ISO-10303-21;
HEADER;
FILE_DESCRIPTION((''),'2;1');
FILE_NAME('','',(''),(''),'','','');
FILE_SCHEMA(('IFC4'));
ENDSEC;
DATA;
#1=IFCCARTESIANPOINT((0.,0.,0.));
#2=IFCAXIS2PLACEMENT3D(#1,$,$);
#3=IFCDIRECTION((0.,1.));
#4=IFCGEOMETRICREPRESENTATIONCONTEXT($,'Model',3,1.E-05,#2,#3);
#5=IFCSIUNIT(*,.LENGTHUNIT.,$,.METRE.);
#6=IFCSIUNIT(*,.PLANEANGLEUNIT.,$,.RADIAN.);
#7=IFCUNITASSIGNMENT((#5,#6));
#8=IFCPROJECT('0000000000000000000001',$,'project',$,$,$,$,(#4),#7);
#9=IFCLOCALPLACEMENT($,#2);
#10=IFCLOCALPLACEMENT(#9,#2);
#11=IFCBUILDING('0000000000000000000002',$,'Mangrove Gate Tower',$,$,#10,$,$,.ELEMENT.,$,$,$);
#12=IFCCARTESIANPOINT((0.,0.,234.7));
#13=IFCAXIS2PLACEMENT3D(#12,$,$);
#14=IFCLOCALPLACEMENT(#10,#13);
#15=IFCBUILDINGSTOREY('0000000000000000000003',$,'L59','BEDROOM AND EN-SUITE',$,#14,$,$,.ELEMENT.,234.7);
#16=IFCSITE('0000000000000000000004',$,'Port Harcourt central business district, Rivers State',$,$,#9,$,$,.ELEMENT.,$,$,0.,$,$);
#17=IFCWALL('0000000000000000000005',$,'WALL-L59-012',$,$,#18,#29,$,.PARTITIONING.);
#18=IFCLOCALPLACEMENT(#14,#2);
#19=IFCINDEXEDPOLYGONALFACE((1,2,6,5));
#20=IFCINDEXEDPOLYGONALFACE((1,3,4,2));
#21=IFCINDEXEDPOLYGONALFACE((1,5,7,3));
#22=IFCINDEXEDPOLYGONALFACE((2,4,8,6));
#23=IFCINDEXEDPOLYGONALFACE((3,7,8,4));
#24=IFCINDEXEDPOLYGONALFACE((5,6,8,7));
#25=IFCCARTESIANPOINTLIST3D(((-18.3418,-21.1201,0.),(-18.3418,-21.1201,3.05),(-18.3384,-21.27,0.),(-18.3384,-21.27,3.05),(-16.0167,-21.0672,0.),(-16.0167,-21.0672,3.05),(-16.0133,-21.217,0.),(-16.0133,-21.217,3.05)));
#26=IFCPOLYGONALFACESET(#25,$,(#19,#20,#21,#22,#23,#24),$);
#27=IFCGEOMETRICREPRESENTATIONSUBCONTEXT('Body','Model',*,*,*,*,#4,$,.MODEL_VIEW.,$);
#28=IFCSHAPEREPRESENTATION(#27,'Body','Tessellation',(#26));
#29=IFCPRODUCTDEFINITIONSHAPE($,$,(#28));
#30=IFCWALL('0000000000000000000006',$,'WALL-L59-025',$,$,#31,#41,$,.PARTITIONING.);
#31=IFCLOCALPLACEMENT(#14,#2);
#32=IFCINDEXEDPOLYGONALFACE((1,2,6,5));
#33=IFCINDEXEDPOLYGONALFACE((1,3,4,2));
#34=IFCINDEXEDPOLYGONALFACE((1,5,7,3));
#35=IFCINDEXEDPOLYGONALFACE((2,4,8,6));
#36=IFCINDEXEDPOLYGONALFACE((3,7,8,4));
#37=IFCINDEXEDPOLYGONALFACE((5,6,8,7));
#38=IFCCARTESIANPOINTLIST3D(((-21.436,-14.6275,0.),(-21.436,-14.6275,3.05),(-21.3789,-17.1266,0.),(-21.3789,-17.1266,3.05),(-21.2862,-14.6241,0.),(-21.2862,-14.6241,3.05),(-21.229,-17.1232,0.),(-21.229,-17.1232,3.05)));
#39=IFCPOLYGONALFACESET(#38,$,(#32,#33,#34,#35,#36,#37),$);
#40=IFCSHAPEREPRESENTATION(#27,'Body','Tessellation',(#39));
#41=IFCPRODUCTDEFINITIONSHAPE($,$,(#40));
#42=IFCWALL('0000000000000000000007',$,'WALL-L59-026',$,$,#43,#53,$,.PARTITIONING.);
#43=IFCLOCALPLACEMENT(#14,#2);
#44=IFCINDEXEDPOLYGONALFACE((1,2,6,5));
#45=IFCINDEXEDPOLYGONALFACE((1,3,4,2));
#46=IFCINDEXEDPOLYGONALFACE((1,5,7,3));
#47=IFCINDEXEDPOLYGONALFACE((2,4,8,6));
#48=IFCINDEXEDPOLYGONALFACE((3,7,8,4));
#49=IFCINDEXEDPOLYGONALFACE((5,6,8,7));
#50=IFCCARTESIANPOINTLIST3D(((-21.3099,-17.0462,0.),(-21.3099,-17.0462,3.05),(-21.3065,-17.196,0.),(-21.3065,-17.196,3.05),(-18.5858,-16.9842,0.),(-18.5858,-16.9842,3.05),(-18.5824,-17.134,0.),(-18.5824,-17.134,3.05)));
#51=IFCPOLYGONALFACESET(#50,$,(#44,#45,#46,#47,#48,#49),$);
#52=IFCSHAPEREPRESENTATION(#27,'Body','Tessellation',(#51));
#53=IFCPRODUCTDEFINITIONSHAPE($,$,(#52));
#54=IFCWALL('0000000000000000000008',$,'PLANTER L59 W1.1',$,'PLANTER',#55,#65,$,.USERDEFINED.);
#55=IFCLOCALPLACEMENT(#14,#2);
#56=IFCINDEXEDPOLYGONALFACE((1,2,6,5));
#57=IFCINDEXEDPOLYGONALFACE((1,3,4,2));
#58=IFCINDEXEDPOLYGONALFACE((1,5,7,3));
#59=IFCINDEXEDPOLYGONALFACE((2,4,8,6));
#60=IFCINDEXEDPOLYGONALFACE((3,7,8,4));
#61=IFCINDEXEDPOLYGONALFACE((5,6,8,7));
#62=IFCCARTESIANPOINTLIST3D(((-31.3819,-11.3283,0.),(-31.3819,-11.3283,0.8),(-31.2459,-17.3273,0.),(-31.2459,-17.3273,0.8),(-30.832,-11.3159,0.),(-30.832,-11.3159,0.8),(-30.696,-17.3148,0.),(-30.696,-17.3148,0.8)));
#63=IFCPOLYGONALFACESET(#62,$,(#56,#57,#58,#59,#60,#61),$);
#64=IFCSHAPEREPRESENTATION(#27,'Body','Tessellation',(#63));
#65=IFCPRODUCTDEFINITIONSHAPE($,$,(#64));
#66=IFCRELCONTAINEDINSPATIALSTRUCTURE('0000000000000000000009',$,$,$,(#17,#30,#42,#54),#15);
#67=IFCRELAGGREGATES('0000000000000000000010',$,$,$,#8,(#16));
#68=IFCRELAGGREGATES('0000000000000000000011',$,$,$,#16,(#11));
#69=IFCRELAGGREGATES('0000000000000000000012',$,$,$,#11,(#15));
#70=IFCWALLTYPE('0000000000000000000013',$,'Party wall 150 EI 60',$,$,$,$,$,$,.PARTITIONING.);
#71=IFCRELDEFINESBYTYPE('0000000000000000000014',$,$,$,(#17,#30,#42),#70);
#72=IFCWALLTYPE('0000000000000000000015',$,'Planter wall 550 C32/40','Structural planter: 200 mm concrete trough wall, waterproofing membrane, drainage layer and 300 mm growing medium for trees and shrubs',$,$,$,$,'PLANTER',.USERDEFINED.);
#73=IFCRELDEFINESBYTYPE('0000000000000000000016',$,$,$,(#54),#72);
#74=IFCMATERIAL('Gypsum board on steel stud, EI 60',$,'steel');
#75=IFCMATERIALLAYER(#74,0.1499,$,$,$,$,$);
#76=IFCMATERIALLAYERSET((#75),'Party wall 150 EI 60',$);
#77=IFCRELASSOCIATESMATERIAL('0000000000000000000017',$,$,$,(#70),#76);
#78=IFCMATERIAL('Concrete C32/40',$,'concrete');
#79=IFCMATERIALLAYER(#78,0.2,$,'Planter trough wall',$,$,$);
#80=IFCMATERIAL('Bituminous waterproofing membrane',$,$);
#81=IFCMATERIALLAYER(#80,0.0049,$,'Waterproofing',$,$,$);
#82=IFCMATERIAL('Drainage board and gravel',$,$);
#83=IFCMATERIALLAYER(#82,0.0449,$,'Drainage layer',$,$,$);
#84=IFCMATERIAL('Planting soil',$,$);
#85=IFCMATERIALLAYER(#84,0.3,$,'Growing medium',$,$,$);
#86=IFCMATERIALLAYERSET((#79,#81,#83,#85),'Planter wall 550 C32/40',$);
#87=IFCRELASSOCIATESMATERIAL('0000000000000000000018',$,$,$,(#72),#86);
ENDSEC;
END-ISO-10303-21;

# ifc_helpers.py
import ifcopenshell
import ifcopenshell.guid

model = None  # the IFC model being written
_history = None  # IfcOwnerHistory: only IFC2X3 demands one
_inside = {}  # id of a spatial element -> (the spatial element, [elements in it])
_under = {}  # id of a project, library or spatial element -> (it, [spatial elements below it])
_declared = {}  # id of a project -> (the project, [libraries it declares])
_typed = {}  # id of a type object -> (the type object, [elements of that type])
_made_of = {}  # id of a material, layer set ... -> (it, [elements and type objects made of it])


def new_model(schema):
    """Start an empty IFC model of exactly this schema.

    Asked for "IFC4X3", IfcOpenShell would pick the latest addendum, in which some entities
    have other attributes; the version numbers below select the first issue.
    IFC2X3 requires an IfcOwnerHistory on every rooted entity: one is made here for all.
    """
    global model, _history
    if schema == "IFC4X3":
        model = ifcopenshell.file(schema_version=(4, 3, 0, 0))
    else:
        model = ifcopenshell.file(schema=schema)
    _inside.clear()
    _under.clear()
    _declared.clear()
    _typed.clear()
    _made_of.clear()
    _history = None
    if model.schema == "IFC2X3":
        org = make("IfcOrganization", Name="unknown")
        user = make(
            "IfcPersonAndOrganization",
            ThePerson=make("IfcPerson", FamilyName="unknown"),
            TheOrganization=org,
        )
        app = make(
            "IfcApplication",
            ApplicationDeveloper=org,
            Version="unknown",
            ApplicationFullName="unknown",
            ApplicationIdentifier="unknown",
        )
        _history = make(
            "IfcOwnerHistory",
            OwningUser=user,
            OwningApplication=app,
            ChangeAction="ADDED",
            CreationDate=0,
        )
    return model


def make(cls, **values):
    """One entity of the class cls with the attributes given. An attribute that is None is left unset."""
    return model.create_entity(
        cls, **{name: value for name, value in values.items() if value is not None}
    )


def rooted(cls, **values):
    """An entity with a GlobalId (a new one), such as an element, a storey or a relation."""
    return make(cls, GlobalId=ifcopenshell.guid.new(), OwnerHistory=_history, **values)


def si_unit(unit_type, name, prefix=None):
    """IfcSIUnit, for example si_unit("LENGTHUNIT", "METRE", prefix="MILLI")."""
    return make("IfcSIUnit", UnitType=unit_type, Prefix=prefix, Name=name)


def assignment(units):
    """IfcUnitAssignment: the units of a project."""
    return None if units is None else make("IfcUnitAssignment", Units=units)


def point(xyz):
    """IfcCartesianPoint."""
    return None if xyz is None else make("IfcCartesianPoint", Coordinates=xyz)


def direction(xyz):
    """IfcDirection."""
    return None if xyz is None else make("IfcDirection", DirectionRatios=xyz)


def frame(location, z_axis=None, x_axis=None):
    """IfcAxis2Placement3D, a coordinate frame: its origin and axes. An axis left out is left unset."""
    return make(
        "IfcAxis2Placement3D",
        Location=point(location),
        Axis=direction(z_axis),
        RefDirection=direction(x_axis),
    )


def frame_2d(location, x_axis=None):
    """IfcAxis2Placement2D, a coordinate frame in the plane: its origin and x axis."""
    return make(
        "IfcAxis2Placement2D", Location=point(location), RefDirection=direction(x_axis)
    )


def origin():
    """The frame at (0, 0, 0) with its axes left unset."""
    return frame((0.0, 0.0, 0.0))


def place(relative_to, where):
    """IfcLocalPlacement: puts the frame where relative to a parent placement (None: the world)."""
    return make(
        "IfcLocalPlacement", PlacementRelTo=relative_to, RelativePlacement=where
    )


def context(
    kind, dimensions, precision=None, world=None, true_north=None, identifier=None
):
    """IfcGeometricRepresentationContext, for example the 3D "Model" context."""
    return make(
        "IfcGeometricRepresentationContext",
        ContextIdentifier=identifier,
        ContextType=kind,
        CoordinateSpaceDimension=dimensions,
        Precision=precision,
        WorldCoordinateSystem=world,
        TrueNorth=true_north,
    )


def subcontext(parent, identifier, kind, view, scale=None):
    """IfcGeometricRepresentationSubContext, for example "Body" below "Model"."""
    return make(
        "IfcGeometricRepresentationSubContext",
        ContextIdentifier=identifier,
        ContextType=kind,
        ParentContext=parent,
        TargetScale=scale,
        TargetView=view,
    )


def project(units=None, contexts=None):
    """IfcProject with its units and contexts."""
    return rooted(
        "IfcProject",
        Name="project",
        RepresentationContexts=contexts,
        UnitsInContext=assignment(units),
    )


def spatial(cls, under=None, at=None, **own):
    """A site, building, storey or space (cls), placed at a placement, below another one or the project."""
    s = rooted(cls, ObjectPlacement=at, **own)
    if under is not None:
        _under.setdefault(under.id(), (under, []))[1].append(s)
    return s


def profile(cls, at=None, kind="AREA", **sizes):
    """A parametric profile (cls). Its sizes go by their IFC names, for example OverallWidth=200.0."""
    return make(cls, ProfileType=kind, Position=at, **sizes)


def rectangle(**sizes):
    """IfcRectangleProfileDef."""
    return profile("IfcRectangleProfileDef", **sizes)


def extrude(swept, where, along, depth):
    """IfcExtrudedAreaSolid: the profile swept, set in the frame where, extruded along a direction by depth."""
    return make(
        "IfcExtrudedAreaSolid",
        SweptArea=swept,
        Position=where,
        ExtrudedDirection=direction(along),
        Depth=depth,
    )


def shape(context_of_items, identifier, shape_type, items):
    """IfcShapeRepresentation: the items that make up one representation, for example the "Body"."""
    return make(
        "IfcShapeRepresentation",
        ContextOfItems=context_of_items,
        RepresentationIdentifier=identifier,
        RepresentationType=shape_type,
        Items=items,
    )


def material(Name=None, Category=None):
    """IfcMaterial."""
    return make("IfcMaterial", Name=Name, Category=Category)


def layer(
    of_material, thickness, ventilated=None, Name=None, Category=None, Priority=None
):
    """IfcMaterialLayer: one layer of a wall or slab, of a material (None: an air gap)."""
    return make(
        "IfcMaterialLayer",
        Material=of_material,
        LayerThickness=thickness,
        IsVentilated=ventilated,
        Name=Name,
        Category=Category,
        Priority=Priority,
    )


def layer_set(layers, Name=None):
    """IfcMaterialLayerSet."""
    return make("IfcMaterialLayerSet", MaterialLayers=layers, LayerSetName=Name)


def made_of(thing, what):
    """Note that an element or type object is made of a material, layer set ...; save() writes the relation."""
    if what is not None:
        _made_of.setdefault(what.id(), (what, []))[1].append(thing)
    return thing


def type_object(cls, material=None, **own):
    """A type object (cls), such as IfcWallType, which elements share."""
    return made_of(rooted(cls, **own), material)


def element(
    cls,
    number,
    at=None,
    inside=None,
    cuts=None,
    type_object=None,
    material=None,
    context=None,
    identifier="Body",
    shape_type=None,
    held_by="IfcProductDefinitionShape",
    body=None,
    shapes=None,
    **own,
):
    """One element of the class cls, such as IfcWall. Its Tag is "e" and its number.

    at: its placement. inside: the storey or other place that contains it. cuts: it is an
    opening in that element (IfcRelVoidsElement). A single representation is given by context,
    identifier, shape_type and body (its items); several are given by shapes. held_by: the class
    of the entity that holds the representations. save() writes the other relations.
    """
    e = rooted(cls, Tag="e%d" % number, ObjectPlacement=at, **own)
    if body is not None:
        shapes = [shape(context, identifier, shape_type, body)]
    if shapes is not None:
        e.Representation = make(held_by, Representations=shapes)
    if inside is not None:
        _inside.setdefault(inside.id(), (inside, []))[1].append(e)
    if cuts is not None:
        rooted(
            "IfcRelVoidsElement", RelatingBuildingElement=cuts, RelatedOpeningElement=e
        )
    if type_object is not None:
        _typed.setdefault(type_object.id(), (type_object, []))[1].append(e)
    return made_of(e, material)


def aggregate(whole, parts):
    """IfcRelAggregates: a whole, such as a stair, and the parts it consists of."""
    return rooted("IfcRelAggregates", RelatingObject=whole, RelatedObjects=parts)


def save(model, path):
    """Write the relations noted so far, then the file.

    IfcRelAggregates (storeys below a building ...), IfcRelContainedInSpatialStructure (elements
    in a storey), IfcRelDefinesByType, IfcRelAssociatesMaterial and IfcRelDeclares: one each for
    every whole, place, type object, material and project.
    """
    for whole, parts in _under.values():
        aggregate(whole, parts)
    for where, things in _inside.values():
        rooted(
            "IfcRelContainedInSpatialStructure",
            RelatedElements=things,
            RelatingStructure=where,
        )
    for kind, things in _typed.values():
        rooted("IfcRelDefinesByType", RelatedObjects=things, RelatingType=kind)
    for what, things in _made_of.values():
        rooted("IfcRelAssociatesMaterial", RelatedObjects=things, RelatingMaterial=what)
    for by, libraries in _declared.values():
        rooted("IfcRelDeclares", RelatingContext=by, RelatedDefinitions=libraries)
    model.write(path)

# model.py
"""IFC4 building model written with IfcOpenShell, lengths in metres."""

from ifc_helpers import new_model, si_unit, direction, frame, frame_2d, origin, place, context, subcontext, project, spatial, rectangle, extrude, material, layer, layer_set, type_object, element, save


model = new_model("IFC4")

# Units and contexts
model_context = context("Model", 3, precision=1e-05, world=origin(), true_north=direction((0.0, 1.0)))
body_context = subcontext(model_context, "Body", "Model", "MODEL_VIEW")
ifc_project = project(units=[si_unit("LENGTHUNIT", "METRE"), si_unit("PLANEANGLEUNIT", "RADIAN")], contexts=[model_context])

# Site, building, storey
site_placement = place(None, origin())
site = spatial("IfcSite", under=ifc_project, at=site_placement, Name="Port Harcourt central business district, Rivers State", CompositionType="ELEMENT", RefElevation=0.0)
building_placement = place(site_placement, origin())
building = spatial("IfcBuilding", under=site, at=building_placement, Name="Mangrove Gate Tower", CompositionType="ELEMENT")
storey_placement = place(building_placement, frame((0.0, 0.0, 234.7)))
storey = spatial("IfcBuildingStorey", under=building, at=storey_placement, Name="L59", Description="BEDROOM AND EN-SUITE", CompositionType="ELEMENT", Elevation=234.7)

# Walls
ifc_material_1 = material(Name="Gypsum board on steel stud, EI 60", Category="steel")
ifc_layer_1 = layer(ifc_material_1, 0.1499)
ifc_layer_set_1 = layer_set([ifc_layer_1], Name="Party wall 150 EI 60")
wall_type_1 = type_object("IfcWallType", Name="Party wall 150 EI 60", PredefinedType="PARTITIONING", material=ifc_layer_set_1)
wall_1_placement = place(storey_placement, frame((-18.3401, -21.1951, 0.0), z_axis=(0.0, 0.0, 1.0), x_axis=(0.999741, 0.022779, 0.0)))
element("IfcWall", 1, at=wall_1_placement, inside=storey, type_object=wall_type_1, Name="WALL-L59-012", PredefinedType="PARTITIONING", context=body_context, shape_type="SweptSolid", body=[
    extrude(rectangle(XDim=2.3257, YDim=0.1499, at=frame_2d((1.1628, 0.0))), origin(), (0.0, 0.0, 1.0), 3.05),
])
wall_2_placement = place(storey_placement, frame((-21.304, -17.125, 0.0), z_axis=(0.0, 0.0, 1.0), x_axis=(-0.022855, 0.999739, 0.0)))
element("IfcWall", 2, at=wall_2_placement, inside=storey, type_object=wall_type_1, Name="WALL-L59-025", PredefinedType="PARTITIONING", context=body_context, shape_type="SweptSolid", body=[
    extrude(rectangle(XDim=2.4998, YDim=0.1499, at=frame_2d((1.25, 0.0))), origin(), (0.0, 0.0, 1.0), 3.05),
])
wall_3_placement = place(storey_placement, frame((-21.3081, -17.1211, 0.0), z_axis=(0.0, 0.0, 1.0), x_axis=(0.999741, 0.022758, 0.0)))
element("IfcWall", 3, at=wall_3_placement, inside=storey, type_object=wall_type_1, Name="WALL-L59-026", PredefinedType="PARTITIONING", context=body_context, shape_type="SweptSolid", body=[
    extrude(rectangle(XDim=2.7249, YDim=0.1499, at=frame_2d((1.3623, 0.0))), origin(), (0.0, 0.0, 1.0), 3.05),
])
ifc_material_2 = material(Name="Concrete C32/40", Category="concrete")
ifc_layer_2 = layer(ifc_material_2, 0.2, Name="Planter trough wall")
ifc_material_3 = material(Name="Bituminous waterproofing membrane")
ifc_layer_3 = layer(ifc_material_3, 0.0049, Name="Waterproofing")
ifc_material_4 = material(Name="Drainage board and gravel")
ifc_layer_4 = layer(ifc_material_4, 0.0449, Name="Drainage layer")
ifc_material_5 = material(Name="Planting soil")
ifc_layer_5 = layer(ifc_material_5, 0.3, Name="Growing medium")
ifc_layer_set_2 = layer_set([ifc_layer_2, ifc_layer_3, ifc_layer_4, ifc_layer_5], Name="Planter wall 550 C32/40")
wall_type_2 = type_object("IfcWallType", Name="Planter wall 550 C32/40", Description="Structural planter: 200 mm concrete trough wall, waterproofing membrane, drainage layer and 300 mm growing medium for trees and shrubs", ElementType="PLANTER", PredefinedType="USERDEFINED", material=ifc_layer_set_2)
wall_4_placement = place(storey_placement, frame((-30.9709, -17.321, 0.0), z_axis=(0.0, 0.0, 1.0), x_axis=(-0.022662, 0.999743, 0.0)))
element("IfcWall", 4, at=wall_4_placement, inside=storey, type_object=wall_type_2, Name="PLANTER L59 W1.1", ObjectType="PLANTER", PredefinedType="USERDEFINED", context=body_context, shape_type="SweptSolid", body=[
    extrude(rectangle(XDim=6.0005, YDim=0.55, at=frame_2d((3.0002, 0.0))), origin(), (0.0, 0.0, 1.0), 0.8),
])

save(model, "model.ifc")
